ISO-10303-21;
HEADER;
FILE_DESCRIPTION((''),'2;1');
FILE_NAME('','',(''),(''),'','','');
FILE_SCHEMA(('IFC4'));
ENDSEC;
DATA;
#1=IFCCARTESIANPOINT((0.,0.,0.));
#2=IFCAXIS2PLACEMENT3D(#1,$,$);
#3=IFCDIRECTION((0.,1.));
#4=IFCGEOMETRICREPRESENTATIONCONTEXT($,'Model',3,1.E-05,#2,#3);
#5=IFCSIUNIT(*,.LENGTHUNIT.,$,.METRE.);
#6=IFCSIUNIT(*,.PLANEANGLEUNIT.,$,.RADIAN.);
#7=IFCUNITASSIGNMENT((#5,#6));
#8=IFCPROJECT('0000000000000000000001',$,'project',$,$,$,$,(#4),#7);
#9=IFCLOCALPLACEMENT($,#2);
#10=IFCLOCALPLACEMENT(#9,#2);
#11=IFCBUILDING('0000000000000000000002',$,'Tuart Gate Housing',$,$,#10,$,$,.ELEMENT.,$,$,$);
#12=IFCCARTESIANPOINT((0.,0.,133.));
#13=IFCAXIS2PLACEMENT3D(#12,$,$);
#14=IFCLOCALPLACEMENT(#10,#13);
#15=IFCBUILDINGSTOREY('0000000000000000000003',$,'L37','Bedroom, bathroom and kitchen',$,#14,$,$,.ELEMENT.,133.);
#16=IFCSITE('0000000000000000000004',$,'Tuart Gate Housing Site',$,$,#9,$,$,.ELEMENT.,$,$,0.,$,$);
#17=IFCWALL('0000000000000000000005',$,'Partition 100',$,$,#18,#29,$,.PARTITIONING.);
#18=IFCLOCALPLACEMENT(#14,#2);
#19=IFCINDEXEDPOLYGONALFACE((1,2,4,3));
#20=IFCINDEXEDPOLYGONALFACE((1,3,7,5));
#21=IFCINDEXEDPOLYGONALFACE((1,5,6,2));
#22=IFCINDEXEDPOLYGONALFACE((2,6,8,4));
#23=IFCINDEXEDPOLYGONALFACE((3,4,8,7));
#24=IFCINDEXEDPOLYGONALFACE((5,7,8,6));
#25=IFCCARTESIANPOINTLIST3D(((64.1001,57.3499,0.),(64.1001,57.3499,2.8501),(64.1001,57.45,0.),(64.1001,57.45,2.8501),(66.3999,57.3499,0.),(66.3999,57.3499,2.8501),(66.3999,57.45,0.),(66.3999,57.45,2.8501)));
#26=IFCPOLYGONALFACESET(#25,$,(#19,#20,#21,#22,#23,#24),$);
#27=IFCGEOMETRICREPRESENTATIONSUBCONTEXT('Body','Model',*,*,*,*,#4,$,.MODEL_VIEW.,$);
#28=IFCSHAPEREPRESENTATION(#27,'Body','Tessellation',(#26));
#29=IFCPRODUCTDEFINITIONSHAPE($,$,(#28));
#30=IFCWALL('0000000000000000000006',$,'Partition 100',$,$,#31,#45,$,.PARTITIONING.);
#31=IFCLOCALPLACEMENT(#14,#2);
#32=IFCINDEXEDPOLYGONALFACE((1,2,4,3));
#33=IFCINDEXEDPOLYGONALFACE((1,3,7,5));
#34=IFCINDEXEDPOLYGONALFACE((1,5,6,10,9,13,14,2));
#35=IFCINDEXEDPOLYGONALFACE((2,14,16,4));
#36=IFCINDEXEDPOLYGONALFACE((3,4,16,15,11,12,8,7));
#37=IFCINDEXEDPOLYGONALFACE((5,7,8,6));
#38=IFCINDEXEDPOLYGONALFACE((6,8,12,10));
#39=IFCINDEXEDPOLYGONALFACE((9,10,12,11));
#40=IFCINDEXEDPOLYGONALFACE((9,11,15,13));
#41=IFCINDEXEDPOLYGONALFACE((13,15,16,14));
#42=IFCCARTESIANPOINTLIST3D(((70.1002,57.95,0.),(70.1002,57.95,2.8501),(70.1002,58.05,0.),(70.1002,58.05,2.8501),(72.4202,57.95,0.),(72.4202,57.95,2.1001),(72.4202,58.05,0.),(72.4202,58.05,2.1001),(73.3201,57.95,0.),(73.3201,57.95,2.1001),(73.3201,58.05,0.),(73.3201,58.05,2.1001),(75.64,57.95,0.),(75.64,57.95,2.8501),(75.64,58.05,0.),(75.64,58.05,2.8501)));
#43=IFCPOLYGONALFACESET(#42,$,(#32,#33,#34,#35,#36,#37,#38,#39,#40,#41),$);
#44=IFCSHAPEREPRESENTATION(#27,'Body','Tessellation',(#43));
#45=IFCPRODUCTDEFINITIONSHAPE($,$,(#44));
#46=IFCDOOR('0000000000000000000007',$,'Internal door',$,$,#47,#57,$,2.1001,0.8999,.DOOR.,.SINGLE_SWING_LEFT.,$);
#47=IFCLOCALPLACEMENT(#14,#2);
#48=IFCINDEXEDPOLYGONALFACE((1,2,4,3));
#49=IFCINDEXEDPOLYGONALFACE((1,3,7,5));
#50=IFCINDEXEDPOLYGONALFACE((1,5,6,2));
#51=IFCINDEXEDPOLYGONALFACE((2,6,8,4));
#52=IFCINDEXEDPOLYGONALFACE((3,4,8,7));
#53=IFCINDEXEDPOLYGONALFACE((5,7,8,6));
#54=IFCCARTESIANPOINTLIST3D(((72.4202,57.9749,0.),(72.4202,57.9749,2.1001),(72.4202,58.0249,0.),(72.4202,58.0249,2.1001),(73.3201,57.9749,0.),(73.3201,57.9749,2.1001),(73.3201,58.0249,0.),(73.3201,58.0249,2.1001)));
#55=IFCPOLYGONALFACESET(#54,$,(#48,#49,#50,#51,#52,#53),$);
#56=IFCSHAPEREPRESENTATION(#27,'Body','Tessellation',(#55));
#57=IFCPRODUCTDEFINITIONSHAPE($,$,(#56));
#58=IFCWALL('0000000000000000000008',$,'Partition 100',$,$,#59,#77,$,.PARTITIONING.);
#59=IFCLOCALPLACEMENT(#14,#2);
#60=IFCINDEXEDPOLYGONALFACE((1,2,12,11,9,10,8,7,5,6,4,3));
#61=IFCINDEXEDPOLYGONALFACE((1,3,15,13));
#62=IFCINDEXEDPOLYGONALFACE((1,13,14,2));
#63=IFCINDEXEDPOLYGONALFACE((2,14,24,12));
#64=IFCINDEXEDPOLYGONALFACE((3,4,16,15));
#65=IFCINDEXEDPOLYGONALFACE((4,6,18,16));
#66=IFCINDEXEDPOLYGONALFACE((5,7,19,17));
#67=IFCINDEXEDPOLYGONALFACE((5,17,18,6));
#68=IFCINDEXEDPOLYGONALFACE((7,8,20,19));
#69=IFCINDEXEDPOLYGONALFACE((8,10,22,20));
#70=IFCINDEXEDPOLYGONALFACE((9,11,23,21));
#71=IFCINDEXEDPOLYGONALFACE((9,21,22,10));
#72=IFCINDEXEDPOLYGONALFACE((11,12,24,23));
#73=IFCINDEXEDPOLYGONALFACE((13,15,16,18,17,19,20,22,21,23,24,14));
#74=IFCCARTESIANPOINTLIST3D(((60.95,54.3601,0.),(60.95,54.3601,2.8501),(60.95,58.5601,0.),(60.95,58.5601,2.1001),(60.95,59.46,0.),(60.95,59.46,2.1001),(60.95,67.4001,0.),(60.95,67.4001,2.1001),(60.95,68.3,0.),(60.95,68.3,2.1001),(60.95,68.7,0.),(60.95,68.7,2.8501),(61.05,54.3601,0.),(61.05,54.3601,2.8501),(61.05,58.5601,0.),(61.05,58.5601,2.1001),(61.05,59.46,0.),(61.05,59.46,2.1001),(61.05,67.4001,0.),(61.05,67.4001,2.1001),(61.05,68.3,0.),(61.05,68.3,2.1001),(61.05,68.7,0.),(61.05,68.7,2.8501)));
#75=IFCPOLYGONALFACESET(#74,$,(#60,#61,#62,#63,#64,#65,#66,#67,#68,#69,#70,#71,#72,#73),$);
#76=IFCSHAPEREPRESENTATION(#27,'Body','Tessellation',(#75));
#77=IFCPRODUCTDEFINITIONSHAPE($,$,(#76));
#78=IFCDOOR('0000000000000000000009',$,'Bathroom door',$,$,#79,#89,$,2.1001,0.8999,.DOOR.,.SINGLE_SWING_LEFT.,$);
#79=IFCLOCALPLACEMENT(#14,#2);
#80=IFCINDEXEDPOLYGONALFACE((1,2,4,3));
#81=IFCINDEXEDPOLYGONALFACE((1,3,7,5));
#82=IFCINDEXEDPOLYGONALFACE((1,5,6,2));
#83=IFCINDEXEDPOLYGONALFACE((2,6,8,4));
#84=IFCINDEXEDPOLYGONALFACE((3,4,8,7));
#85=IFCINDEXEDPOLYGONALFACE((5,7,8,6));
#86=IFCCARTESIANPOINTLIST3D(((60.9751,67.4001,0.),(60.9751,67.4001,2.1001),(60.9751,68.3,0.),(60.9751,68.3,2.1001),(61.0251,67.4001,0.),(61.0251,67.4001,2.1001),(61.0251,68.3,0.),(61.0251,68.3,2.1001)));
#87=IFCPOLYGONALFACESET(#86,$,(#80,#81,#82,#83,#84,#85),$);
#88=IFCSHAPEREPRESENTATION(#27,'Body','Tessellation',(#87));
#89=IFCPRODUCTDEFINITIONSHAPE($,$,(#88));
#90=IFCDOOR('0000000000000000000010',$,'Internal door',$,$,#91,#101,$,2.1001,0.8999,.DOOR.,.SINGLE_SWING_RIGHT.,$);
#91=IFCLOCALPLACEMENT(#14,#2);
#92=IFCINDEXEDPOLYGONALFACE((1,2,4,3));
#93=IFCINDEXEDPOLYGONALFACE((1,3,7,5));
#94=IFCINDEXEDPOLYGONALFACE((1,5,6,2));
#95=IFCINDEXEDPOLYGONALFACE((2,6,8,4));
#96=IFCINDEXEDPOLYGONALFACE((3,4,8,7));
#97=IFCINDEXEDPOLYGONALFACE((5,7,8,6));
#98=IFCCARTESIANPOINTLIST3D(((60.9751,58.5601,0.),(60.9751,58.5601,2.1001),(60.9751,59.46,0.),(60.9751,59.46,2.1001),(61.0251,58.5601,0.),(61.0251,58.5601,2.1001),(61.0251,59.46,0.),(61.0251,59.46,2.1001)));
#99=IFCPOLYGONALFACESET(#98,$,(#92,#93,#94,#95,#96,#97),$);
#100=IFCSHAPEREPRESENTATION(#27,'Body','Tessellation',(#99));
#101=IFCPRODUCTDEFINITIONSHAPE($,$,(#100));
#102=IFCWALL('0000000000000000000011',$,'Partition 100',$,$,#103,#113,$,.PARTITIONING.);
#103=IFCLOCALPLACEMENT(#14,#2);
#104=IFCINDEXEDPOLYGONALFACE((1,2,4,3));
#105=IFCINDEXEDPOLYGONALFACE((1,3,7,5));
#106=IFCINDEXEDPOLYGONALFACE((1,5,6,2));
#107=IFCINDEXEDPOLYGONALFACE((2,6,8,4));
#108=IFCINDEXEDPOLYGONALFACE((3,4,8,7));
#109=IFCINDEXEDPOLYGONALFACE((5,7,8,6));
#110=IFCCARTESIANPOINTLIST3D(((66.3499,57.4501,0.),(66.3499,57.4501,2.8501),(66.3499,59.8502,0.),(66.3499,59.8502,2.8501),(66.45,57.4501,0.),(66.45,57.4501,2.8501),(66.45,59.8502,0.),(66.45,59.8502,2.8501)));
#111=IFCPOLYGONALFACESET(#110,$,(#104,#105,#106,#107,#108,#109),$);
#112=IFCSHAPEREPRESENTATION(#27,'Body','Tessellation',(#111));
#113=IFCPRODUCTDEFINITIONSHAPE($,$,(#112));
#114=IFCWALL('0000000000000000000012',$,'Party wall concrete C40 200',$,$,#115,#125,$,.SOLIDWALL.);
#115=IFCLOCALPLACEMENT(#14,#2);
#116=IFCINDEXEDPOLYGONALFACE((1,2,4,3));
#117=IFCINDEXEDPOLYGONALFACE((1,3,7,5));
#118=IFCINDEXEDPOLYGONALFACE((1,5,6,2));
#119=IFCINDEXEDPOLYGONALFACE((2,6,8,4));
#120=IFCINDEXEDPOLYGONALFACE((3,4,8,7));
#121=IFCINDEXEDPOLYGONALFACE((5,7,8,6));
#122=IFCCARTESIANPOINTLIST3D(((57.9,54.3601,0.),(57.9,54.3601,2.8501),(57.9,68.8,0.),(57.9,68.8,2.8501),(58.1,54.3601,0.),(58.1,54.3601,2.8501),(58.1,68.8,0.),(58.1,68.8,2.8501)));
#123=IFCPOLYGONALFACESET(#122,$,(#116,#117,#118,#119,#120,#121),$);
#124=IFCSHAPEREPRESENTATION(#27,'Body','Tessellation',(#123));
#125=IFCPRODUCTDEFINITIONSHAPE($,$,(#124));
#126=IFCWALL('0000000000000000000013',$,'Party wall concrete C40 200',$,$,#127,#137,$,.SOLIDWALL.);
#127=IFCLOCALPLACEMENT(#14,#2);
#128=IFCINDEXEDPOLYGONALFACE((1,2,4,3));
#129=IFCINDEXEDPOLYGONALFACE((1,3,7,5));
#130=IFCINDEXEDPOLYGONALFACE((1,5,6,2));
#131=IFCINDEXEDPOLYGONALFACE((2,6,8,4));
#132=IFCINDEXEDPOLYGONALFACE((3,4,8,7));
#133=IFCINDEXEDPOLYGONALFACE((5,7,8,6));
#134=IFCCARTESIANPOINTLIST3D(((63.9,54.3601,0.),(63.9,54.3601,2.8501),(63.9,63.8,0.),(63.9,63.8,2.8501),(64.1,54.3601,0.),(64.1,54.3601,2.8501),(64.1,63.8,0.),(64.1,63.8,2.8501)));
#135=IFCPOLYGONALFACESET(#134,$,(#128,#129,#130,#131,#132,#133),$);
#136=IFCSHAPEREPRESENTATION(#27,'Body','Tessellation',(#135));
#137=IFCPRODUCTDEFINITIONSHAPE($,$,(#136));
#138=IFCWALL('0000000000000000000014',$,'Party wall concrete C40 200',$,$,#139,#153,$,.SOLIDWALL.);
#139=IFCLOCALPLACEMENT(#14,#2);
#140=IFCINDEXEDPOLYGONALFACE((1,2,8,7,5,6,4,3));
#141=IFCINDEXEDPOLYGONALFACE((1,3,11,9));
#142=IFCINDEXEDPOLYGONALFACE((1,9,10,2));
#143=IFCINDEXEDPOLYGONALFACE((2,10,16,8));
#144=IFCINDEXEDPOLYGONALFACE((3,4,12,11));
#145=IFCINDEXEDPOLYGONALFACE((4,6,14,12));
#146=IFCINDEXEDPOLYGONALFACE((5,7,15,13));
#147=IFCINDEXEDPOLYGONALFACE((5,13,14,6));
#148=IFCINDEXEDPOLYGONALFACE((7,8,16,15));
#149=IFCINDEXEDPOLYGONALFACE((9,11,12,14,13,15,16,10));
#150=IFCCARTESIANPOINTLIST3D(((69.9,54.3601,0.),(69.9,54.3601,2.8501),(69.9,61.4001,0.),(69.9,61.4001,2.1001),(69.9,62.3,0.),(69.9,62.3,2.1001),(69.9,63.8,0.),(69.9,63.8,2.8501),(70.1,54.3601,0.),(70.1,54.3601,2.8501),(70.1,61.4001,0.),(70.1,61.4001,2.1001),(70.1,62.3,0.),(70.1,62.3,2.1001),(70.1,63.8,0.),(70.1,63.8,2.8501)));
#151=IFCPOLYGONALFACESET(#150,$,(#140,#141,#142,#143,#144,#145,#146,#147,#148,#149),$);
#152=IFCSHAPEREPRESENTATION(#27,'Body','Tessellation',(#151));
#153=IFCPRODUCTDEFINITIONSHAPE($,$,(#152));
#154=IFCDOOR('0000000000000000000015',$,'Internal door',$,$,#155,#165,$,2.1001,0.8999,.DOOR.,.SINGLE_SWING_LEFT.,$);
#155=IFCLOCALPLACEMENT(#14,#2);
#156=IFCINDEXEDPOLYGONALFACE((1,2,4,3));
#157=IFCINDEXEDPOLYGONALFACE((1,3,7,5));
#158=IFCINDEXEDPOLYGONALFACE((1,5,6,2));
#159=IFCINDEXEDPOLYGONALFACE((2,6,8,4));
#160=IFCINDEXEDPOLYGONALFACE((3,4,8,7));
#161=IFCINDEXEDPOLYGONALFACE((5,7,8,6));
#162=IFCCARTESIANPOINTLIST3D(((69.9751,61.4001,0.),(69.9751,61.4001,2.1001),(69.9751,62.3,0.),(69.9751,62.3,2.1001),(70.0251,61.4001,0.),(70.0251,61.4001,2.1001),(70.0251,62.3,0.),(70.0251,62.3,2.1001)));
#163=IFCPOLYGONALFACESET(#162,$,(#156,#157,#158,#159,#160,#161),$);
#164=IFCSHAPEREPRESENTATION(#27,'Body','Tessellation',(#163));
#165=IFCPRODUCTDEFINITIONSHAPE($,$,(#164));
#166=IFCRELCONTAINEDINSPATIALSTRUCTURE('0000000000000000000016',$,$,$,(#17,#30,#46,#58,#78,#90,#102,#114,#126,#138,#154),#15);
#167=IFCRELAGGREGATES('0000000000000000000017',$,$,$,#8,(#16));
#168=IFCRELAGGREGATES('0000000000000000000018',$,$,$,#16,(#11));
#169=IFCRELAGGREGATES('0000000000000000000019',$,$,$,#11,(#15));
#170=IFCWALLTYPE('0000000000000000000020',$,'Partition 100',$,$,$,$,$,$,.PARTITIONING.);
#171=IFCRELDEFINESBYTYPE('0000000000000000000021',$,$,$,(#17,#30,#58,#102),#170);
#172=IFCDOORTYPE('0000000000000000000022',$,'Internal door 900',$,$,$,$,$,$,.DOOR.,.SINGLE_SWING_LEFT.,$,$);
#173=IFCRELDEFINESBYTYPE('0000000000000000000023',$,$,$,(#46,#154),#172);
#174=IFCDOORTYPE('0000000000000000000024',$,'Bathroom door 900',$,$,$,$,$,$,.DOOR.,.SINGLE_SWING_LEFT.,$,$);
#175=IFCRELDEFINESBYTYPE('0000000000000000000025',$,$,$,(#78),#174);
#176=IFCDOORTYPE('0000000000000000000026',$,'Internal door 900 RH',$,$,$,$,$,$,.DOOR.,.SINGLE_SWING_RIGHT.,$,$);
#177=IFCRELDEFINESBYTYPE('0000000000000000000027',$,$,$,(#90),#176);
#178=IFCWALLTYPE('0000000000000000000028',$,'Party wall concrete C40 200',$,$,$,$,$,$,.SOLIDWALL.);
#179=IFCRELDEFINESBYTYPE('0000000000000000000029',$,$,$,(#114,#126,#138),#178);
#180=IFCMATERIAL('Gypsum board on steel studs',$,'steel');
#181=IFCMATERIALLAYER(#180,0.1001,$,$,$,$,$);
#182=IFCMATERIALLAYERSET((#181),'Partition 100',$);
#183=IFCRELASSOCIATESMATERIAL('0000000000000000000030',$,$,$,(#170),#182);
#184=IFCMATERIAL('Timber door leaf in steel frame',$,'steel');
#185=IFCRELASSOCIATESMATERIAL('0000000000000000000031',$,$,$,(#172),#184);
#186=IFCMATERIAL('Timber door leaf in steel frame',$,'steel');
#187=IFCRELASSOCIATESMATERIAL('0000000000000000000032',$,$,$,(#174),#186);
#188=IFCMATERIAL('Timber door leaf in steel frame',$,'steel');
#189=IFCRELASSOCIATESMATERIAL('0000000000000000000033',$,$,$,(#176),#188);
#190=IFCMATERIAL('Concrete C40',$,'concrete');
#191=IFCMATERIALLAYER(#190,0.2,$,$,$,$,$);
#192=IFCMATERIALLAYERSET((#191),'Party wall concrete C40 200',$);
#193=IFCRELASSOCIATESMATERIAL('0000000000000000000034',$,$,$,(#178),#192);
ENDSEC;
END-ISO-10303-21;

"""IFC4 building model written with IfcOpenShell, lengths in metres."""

from ifc_helpers import new_model, si_unit, direction, frame, frame_2d, origin, place, context, subcontext, project, spatial, rectangle, extrude, material, layer, layer_set, type_object, element, fill, save


model = new_model("IFC4")

# Units and contexts
model_context = context("Model", 3, precision=1e-05, world=origin(), true_north=direction((0.0, 1.0)))
body_context = subcontext(model_context, "Body", "Model", "MODEL_VIEW")
ifc_project = project(units=[si_unit("LENGTHUNIT", "METRE"), si_unit("PLANEANGLEUNIT", "RADIAN")], contexts=[model_context])

# Site, building, storey
site_placement = place(None, origin())
site = spatial("IfcSite", under=ifc_project, at=site_placement, Name="Tuart Gate Housing Site", CompositionType="ELEMENT", RefElevation=0.0)
building_placement = place(site_placement, origin())
building = spatial("IfcBuilding", under=site, at=building_placement, Name="Tuart Gate Housing", CompositionType="ELEMENT")
storey_placement = place(building_placement, frame((0.0, 0.0, 133.0)))
storey = spatial("IfcBuildingStorey", under=building, at=storey_placement, Name="L37", Description="Bedroom, bathroom and kitchen", CompositionType="ELEMENT", Elevation=133.0)

# Wall
ifc_material_1 = material(Name="Gypsum board on steel studs", Category="steel")
ifc_layer_1 = layer(ifc_material_1, 0.1001)
ifc_layer_set_1 = layer_set([ifc_layer_1], Name="Partition 100")
wall_type_1 = type_object("IfcWallType", Name="Partition 100", PredefinedType="PARTITIONING", material=ifc_layer_set_1)
wall_1_placement = place(storey_placement, frame((64.1001, 57.3999, 0.0), z_axis=(0.0, 0.0, 1.0), x_axis=(1.0, 0.0, 0.0)))
element("IfcWall", 1, at=wall_1_placement, inside=storey, type_object=wall_type_1, Name="Partition 100", PredefinedType="PARTITIONING", context=body_context, shape_type="SweptSolid", body=[
    extrude(rectangle(XDim=2.2998, YDim=0.1001, at=frame_2d((1.1499, 0.0))), origin(), (0.0, 0.0, 1.0), 2.8501),
])

# Wall, opening, door
wall_2_placement = place(storey_placement, frame((70.1001, 58.0, 0.0), z_axis=(0.0, 0.0, 1.0), x_axis=(1.0, 0.0, 0.0)))
wall_2 = element("IfcWall", 2, at=wall_2_placement, inside=storey, type_object=wall_type_1, Name="Partition 100", PredefinedType="PARTITIONING", context=body_context, shape_type="SweptSolid", body=[
    extrude(rectangle(XDim=5.5398, YDim=0.1001, at=frame_2d((2.77, 0.0))), origin(), (0.0, 0.0, 1.0), 2.8501),
])
opening_1_placement = place(wall_2_placement, frame((2.3201, 0.0, 0.0)))
opening_1 = element("IfcOpeningElement", 3, at=opening_1_placement, cuts=wall_2, PredefinedType="OPENING", context=body_context, shape_type="SweptSolid", body=[
    extrude(rectangle(XDim=0.8999, YDim=2.1001, at=frame_2d((0.45, 1.05))), frame((0.0, 0.0601, 0.0), z_axis=(0.0, -1.0, 0.0), x_axis=(1.0, 0.0, 0.0)), (0.0, 0.0, 1.0), 0.1201),
])
ifc_material_2 = material(Name="Timber door leaf in steel frame", Category="steel")
door_type_1 = type_object("IfcDoorType", Name="Internal door 900", OperationType="SINGLE_SWING_LEFT", PredefinedType="DOOR", material=ifc_material_2)
door_1_placement = place(opening_1_placement, frame((0.8999, 0.0, 0.0), z_axis=(0.0, 0.0, 1.0), x_axis=(-1.0, 0.0, 0.0)))
door_1 = element("IfcDoor", 4, at=door_1_placement, inside=storey, type_object=door_type_1, Name="Internal door", OperationType="SINGLE_SWING_LEFT", OverallHeight=2.1001, OverallWidth=0.8999, PredefinedType="DOOR", context=body_context, shape_type="SweptSolid", body=[
    extrude(rectangle(XDim=0.8999, YDim=2.1001, at=frame_2d((0.45, 1.05))), frame((0.0, 0.0251, 0.0), z_axis=(0.0, -1.0, 0.0), x_axis=(1.0, 0.0, 0.0)), (0.0, 0.0, 1.0), 0.05),
])
fill(opening_1, door_1)

# Wall, openings, doors
wall_3_placement = place(storey_placement, frame((61.0, 54.3601, 0.0), z_axis=(0.0, 0.0, 1.0), x_axis=(0.0, 1.0, 0.0)))
wall_3 = element("IfcWall", 5, at=wall_3_placement, inside=storey, type_object=wall_type_1, Name="Partition 100", PredefinedType="PARTITIONING", context=body_context, shape_type="SweptSolid", body=[
    extrude(rectangle(XDim=14.3398, YDim=0.1001, at=frame_2d((7.1699, 0.0))), origin(), (0.0, 0.0, 1.0), 2.8501),
])
opening_2_placement = place(wall_3_placement, frame((4.2, 0.0, 0.0)))
opening_2 = element("IfcOpeningElement", 6, at=opening_2_placement, cuts=wall_3, PredefinedType="OPENING", context=body_context, shape_type="SweptSolid", body=[
    extrude(rectangle(XDim=0.8999, YDim=2.1001, at=frame_2d((0.45, 1.05))), frame((0.0, 0.0601, 0.0), z_axis=(0.0, -1.0, 0.0), x_axis=(1.0, 0.0, 0.0)), (0.0, 0.0, 1.0), 0.1201),
])
opening_3_placement = place(wall_3_placement, frame((13.04, 0.0, 0.0)))
opening_3 = element("IfcOpeningElement", 7, at=opening_3_placement, cuts=wall_3, PredefinedType="OPENING", context=body_context, shape_type="SweptSolid", body=[
    extrude(rectangle(XDim=0.8999, YDim=2.1001, at=frame_2d((0.45, 1.05))), frame((0.0, 0.0601, 0.0), z_axis=(0.0, -1.0, 0.0), x_axis=(1.0, 0.0, 0.0)), (0.0, 0.0, 1.0), 0.1201),
])
ifc_material_3 = material(Name="Timber door leaf in steel frame", Category="steel")
door_type_2 = type_object("IfcDoorType", Name="Bathroom door 900", OperationType="SINGLE_SWING_LEFT", PredefinedType="DOOR", material=ifc_material_3)
door_2_placement = place(opening_3_placement, frame((0.8999, 0.0, 0.0), z_axis=(0.0, 0.0, 1.0), x_axis=(-1.0, 0.0, 0.0)))
door_2 = element("IfcDoor", 8, at=door_2_placement, inside=storey, type_object=door_type_2, Name="Bathroom door", OperationType="SINGLE_SWING_LEFT", OverallHeight=2.1001, OverallWidth=0.8999, PredefinedType="DOOR", context=body_context, shape_type="SweptSolid", body=[
    extrude(rectangle(XDim=0.8999, YDim=2.1001, at=frame_2d((0.45, 1.05))), frame((0.0, 0.0251, 0.0), z_axis=(0.0, -1.0, 0.0), x_axis=(1.0, 0.0, 0.0)), (0.0, 0.0, 1.0), 0.05),
])
fill(opening_3, door_2)
ifc_material_4 = material(Name="Timber door leaf in steel frame", Category="steel")
door_type_3 = type_object("IfcDoorType", Name="Internal door 900 RH", OperationType="SINGLE_SWING_RIGHT", PredefinedType="DOOR", material=ifc_material_4)
door_3_placement = place(opening_2_placement, frame((0.8999, 0.0, 0.0), z_axis=(0.0, 0.0, 1.0), x_axis=(-1.0, 0.0, 0.0)))
door_3 = element("IfcDoor", 9, at=door_3_placement, inside=storey, type_object=door_type_3, Name="Internal door", OperationType="SINGLE_SWING_RIGHT", OverallHeight=2.1001, OverallWidth=0.8999, PredefinedType="DOOR", context=body_context, shape_type="SweptSolid", body=[
    extrude(rectangle(XDim=0.8999, YDim=2.1001, at=frame_2d((0.45, 1.05))), frame((0.0, 0.0251, 0.0), z_axis=(0.0, -1.0, 0.0), x_axis=(1.0, 0.0, 0.0)), (0.0, 0.0, 1.0), 0.05),
])
fill(opening_2, door_3)

# Walls
wall_4_placement = place(storey_placement, frame((66.3999, 57.45, 0.0), z_axis=(0.0, 0.0, 1.0), x_axis=(0.0, 1.0, 0.0)))
element("IfcWall", 10, at=wall_4_placement, inside=storey, type_object=wall_type_1, Name="Partition 100", PredefinedType="PARTITIONING", context=body_context, shape_type="SweptSolid", body=[
    extrude(rectangle(XDim=2.4001, YDim=0.1001, at=frame_2d((1.2002, 0.0))), origin(), (0.0, 0.0, 1.0), 2.8501),
])
ifc_material_5 = material(Name="Concrete C40", Category="concrete")
ifc_layer_2 = layer(ifc_material_5, 0.2)
ifc_layer_set_2 = layer_set([ifc_layer_2], Name="Party wall concrete C40 200")
wall_type_2 = type_object("IfcWallType", Name="Party wall concrete C40 200", PredefinedType="SOLIDWALL", material=ifc_layer_set_2)
wall_5_placement = place(storey_placement, frame((58.0, 54.3601, 0.0), z_axis=(0.0, 0.0, 1.0), x_axis=(0.0, 1.0, 0.0)))
element("IfcWall", 11, at=wall_5_placement, inside=storey, type_object=wall_type_2, Name="Party wall concrete C40 200", PredefinedType="SOLIDWALL", context=body_context, shape_type="SweptSolid", body=[
    extrude(rectangle(XDim=14.4399, YDim=0.2, at=frame_2d((7.22, 0.0))), origin(), (0.0, 0.0, 1.0), 2.8501),
])
wall_6_placement = place(storey_placement, frame((64.0, 54.3601, 0.0), z_axis=(0.0, 0.0, 1.0), x_axis=(0.0, 1.0, 0.0)))
element("IfcWall", 12, at=wall_6_placement, inside=storey, type_object=wall_type_2, Name="Party wall concrete C40 200", PredefinedType="SOLIDWALL", context=body_context, shape_type="SweptSolid", body=[
    extrude(rectangle(XDim=9.4399, YDim=0.2, at=frame_2d((4.72, 0.0))), origin(), (0.0, 0.0, 1.0), 2.8501),
])

# Wall, opening, door
wall_7_placement = place(storey_placement, frame((70.0, 54.3601, 0.0), z_axis=(0.0, 0.0, 1.0), x_axis=(0.0, 1.0, 0.0)))
wall_7 = element("IfcWall", 13, at=wall_7_placement, inside=storey, type_object=wall_type_2, Name="Party wall concrete C40 200", PredefinedType="SOLIDWALL", context=body_context, shape_type="SweptSolid", body=[
    extrude(rectangle(XDim=9.4399, YDim=0.2, at=frame_2d((4.72, 0.0))), origin(), (0.0, 0.0, 1.0), 2.8501),
])
opening_4_placement = place(wall_7_placement, frame((7.04, 0.0, 0.0)))
opening_4 = element("IfcOpeningElement", 14, at=opening_4_placement, cuts=wall_7, PredefinedType="OPENING", context=body_context, shape_type="SweptSolid", body=[
    extrude(rectangle(XDim=0.8999, YDim=2.1001, at=frame_2d((0.45, 1.05))), frame((0.0, 0.1099, 0.0), z_axis=(0.0, -1.0, 0.0), x_axis=(1.0, 0.0, 0.0)), (0.0, 0.0, 1.0), 0.22),
])
door_4_placement = place(opening_4_placement, origin())
door_4 = element("IfcDoor", 15, at=door_4_placement, inside=storey, type_object=door_type_1, Name="Internal door", OperationType="SINGLE_SWING_LEFT", OverallHeight=2.1001, OverallWidth=0.8999, PredefinedType="DOOR", context=body_context, shape_type="SweptSolid", body=[
    extrude(rectangle(XDim=0.8999, YDim=2.1001, at=frame_2d((0.45, 1.05))), frame((0.0, 0.0249, 0.0), z_axis=(0.0, -1.0, 0.0), x_axis=(1.0, 0.0, 0.0)), (0.0, 0.0, 1.0), 0.05),
])
fill(opening_4, door_4)

save(model, "model.ifc")
